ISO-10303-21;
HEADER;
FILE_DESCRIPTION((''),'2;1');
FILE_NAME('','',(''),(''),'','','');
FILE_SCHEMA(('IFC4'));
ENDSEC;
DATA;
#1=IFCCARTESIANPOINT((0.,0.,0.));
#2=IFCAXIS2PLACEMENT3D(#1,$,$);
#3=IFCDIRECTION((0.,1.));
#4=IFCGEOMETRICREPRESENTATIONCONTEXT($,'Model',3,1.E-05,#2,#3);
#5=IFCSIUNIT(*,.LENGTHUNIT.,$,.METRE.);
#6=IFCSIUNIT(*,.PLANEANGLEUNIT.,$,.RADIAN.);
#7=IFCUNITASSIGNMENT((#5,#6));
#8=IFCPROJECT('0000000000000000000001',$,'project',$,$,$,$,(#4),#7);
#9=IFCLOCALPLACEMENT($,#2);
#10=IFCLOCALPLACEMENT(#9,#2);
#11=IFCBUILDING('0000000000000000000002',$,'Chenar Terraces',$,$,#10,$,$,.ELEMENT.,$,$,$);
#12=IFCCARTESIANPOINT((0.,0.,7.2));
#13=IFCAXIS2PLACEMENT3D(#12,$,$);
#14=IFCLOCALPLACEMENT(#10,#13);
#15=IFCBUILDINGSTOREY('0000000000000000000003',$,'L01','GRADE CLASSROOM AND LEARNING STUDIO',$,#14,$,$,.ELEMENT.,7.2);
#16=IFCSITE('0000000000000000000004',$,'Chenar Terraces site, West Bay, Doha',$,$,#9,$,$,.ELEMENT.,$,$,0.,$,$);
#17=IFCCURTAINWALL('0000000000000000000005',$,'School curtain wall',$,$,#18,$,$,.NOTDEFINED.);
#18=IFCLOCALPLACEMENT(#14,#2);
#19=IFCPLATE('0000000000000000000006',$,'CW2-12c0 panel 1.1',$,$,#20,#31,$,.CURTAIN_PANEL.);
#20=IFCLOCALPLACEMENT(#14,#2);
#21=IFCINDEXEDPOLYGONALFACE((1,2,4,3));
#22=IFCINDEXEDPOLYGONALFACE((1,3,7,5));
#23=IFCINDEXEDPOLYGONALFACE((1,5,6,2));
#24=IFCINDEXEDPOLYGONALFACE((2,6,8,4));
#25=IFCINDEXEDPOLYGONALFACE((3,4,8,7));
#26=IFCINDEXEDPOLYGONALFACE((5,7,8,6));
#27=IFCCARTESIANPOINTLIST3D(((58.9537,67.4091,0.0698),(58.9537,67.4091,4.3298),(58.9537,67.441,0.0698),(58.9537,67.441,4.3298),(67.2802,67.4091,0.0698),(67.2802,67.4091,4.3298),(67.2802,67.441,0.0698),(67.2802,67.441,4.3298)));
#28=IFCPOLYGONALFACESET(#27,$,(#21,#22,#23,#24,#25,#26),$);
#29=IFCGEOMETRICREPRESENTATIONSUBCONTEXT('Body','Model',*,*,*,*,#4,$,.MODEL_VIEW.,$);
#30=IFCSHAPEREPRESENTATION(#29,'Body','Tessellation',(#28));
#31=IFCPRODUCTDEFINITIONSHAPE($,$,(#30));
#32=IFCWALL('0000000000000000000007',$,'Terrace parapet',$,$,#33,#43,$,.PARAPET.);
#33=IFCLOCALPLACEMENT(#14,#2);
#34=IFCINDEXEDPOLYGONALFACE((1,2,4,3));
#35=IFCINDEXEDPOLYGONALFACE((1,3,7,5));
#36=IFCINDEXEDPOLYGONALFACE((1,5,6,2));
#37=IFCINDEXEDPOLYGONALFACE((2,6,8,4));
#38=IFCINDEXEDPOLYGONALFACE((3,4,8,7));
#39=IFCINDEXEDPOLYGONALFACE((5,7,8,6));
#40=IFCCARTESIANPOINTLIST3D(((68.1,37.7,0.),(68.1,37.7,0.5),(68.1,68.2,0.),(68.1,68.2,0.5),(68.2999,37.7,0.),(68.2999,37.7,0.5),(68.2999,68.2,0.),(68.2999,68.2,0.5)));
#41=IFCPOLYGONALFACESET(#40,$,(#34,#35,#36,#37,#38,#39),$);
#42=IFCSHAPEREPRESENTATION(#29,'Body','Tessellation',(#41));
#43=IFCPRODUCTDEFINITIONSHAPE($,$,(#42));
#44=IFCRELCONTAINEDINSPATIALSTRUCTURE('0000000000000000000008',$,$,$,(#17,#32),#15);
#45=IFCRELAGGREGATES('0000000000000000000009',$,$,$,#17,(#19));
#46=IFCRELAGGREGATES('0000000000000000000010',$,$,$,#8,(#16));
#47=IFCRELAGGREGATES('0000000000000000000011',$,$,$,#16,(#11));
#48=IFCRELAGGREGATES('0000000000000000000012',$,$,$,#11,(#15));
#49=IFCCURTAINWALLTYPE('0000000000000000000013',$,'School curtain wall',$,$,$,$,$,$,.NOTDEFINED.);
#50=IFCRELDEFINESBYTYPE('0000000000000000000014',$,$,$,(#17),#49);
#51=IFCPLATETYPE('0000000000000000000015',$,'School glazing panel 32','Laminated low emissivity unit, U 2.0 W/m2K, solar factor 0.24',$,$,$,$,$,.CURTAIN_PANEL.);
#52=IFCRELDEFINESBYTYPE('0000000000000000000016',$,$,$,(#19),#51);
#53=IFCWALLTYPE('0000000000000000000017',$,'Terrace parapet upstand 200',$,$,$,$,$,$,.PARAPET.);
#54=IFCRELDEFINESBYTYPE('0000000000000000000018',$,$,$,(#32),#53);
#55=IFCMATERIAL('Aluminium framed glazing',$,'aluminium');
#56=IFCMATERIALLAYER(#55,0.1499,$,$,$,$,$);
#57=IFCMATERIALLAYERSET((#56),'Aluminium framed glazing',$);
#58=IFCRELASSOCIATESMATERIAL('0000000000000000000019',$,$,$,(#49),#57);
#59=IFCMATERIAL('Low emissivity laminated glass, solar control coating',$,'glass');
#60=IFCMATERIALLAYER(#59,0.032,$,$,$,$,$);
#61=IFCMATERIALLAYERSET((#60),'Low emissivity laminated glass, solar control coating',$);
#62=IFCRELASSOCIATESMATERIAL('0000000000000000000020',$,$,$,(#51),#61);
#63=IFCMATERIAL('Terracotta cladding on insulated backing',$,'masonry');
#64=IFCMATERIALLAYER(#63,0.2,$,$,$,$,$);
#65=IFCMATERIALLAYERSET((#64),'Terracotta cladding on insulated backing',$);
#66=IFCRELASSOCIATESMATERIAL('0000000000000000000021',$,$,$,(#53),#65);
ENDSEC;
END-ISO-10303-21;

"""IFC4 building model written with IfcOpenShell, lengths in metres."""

from ifc_helpers import new_model, si_unit, direction, frame, frame_2d, origin, origin_2d, place, context, subcontext, project, spatial, rectangle, extrude, material, layer, layer_set, type_object, element, aggregate, save


model = new_model("IFC4")

# Units and contexts
model_context = context("Model", 3, precision=1e-05, world=origin(), true_north=direction((0.0, 1.0)))
body_context = subcontext(model_context, "Body", "Model", "MODEL_VIEW")
ifc_project = project(units=[si_unit("LENGTHUNIT", "METRE"), si_unit("PLANEANGLEUNIT", "RADIAN")], contexts=[model_context])

# Site, building, storey
site_placement = place(None, origin())
site = spatial("IfcSite", under=ifc_project, at=site_placement, Name="Chenar Terraces site, West Bay, Doha", CompositionType="ELEMENT", RefElevation=0.0)
building_placement = place(site_placement, origin())
building = spatial("IfcBuilding", under=site, at=building_placement, Name="Chenar Terraces", CompositionType="ELEMENT")
storey_placement = place(building_placement, frame((0.0, 0.0, 7.2)))
storey = spatial("IfcBuildingStorey", under=building, at=storey_placement, Name="L01", Description="GRADE CLASSROOM AND LEARNING STUDIO", CompositionType="ELEMENT", Elevation=7.2)

# Curtain wall
ifc_material_1 = material(Name="Aluminium framed glazing", Category="aluminium")
ifc_layer_1 = layer(ifc_material_1, 0.1499)
ifc_layer_set_1 = layer_set([ifc_layer_1], Name="Aluminium framed glazing")
curtain_wall_type = type_object("IfcCurtainWallType", Name="School curtain wall", PredefinedType="NOTDEFINED", material=ifc_layer_set_1)
placement = place(storey_placement, origin())
curtain_wall_1 = element("IfcCurtainWall", 1, at=placement, inside=storey, type_object=curtain_wall_type, Name="School curtain wall", PredefinedType="NOTDEFINED")

# Plate
ifc_material_2 = material(Name="Low emissivity laminated glass, solar control coating", Category="glass")
ifc_layer_2 = layer(ifc_material_2, 0.032)
ifc_layer_set_2 = layer_set([ifc_layer_2], Name="Low emissivity laminated glass, solar control coating")
plate_type = type_object("IfcPlateType", Name="School glazing panel 32", Description="Laminated low emissivity unit, U 2.0 W/m2K, solar factor 0.24", PredefinedType="CURTAIN_PANEL", material=ifc_layer_set_2)
plate_1_placement = place(storey_placement, frame((63.1169, 67.425, 0.0698), z_axis=(0.0, 0.0, 1.0), x_axis=(-1.0, 0.0, 0.0)))
plate_1 = element("IfcPlate", 2, at=plate_1_placement, type_object=plate_type, Name="CW2-12c0 panel 1.1", PredefinedType="CURTAIN_PANEL", context=body_context, shape_type="SweptSolid", body=[
    extrude(rectangle(XDim=8.3264, YDim=0.032, at=origin_2d()), origin(), (0.0, 0.0, 1.0), 4.26),
])
aggregate(curtain_wall_1, [plate_1])

# Wall
ifc_material_3 = material(Name="Terracotta cladding on insulated backing", Category="masonry")
ifc_layer_3 = layer(ifc_material_3, 0.2)
ifc_layer_set_3 = layer_set([ifc_layer_3], Name="Terracotta cladding on insulated backing")
wall_type_1 = type_object("IfcWallType", Name="Terrace parapet upstand 200", PredefinedType="PARAPET", material=ifc_layer_set_3)
wall_1_placement = place(storey_placement, frame((68.2, 68.2, 0.0), z_axis=(0.0, 0.0, 1.0), x_axis=(0.0, -1.0, 0.0)))
element("IfcWall", 3, at=wall_1_placement, inside=storey, type_object=wall_type_1, Name="Terrace parapet", PredefinedType="PARAPET", context=body_context, shape_type="SweptSolid", body=[
    extrude(rectangle(XDim=30.5, YDim=0.2, at=frame_2d((15.25, 0.0))), origin(), (0.0, 0.0, 1.0), 0.5),
])

save(model, "model.ifc")
